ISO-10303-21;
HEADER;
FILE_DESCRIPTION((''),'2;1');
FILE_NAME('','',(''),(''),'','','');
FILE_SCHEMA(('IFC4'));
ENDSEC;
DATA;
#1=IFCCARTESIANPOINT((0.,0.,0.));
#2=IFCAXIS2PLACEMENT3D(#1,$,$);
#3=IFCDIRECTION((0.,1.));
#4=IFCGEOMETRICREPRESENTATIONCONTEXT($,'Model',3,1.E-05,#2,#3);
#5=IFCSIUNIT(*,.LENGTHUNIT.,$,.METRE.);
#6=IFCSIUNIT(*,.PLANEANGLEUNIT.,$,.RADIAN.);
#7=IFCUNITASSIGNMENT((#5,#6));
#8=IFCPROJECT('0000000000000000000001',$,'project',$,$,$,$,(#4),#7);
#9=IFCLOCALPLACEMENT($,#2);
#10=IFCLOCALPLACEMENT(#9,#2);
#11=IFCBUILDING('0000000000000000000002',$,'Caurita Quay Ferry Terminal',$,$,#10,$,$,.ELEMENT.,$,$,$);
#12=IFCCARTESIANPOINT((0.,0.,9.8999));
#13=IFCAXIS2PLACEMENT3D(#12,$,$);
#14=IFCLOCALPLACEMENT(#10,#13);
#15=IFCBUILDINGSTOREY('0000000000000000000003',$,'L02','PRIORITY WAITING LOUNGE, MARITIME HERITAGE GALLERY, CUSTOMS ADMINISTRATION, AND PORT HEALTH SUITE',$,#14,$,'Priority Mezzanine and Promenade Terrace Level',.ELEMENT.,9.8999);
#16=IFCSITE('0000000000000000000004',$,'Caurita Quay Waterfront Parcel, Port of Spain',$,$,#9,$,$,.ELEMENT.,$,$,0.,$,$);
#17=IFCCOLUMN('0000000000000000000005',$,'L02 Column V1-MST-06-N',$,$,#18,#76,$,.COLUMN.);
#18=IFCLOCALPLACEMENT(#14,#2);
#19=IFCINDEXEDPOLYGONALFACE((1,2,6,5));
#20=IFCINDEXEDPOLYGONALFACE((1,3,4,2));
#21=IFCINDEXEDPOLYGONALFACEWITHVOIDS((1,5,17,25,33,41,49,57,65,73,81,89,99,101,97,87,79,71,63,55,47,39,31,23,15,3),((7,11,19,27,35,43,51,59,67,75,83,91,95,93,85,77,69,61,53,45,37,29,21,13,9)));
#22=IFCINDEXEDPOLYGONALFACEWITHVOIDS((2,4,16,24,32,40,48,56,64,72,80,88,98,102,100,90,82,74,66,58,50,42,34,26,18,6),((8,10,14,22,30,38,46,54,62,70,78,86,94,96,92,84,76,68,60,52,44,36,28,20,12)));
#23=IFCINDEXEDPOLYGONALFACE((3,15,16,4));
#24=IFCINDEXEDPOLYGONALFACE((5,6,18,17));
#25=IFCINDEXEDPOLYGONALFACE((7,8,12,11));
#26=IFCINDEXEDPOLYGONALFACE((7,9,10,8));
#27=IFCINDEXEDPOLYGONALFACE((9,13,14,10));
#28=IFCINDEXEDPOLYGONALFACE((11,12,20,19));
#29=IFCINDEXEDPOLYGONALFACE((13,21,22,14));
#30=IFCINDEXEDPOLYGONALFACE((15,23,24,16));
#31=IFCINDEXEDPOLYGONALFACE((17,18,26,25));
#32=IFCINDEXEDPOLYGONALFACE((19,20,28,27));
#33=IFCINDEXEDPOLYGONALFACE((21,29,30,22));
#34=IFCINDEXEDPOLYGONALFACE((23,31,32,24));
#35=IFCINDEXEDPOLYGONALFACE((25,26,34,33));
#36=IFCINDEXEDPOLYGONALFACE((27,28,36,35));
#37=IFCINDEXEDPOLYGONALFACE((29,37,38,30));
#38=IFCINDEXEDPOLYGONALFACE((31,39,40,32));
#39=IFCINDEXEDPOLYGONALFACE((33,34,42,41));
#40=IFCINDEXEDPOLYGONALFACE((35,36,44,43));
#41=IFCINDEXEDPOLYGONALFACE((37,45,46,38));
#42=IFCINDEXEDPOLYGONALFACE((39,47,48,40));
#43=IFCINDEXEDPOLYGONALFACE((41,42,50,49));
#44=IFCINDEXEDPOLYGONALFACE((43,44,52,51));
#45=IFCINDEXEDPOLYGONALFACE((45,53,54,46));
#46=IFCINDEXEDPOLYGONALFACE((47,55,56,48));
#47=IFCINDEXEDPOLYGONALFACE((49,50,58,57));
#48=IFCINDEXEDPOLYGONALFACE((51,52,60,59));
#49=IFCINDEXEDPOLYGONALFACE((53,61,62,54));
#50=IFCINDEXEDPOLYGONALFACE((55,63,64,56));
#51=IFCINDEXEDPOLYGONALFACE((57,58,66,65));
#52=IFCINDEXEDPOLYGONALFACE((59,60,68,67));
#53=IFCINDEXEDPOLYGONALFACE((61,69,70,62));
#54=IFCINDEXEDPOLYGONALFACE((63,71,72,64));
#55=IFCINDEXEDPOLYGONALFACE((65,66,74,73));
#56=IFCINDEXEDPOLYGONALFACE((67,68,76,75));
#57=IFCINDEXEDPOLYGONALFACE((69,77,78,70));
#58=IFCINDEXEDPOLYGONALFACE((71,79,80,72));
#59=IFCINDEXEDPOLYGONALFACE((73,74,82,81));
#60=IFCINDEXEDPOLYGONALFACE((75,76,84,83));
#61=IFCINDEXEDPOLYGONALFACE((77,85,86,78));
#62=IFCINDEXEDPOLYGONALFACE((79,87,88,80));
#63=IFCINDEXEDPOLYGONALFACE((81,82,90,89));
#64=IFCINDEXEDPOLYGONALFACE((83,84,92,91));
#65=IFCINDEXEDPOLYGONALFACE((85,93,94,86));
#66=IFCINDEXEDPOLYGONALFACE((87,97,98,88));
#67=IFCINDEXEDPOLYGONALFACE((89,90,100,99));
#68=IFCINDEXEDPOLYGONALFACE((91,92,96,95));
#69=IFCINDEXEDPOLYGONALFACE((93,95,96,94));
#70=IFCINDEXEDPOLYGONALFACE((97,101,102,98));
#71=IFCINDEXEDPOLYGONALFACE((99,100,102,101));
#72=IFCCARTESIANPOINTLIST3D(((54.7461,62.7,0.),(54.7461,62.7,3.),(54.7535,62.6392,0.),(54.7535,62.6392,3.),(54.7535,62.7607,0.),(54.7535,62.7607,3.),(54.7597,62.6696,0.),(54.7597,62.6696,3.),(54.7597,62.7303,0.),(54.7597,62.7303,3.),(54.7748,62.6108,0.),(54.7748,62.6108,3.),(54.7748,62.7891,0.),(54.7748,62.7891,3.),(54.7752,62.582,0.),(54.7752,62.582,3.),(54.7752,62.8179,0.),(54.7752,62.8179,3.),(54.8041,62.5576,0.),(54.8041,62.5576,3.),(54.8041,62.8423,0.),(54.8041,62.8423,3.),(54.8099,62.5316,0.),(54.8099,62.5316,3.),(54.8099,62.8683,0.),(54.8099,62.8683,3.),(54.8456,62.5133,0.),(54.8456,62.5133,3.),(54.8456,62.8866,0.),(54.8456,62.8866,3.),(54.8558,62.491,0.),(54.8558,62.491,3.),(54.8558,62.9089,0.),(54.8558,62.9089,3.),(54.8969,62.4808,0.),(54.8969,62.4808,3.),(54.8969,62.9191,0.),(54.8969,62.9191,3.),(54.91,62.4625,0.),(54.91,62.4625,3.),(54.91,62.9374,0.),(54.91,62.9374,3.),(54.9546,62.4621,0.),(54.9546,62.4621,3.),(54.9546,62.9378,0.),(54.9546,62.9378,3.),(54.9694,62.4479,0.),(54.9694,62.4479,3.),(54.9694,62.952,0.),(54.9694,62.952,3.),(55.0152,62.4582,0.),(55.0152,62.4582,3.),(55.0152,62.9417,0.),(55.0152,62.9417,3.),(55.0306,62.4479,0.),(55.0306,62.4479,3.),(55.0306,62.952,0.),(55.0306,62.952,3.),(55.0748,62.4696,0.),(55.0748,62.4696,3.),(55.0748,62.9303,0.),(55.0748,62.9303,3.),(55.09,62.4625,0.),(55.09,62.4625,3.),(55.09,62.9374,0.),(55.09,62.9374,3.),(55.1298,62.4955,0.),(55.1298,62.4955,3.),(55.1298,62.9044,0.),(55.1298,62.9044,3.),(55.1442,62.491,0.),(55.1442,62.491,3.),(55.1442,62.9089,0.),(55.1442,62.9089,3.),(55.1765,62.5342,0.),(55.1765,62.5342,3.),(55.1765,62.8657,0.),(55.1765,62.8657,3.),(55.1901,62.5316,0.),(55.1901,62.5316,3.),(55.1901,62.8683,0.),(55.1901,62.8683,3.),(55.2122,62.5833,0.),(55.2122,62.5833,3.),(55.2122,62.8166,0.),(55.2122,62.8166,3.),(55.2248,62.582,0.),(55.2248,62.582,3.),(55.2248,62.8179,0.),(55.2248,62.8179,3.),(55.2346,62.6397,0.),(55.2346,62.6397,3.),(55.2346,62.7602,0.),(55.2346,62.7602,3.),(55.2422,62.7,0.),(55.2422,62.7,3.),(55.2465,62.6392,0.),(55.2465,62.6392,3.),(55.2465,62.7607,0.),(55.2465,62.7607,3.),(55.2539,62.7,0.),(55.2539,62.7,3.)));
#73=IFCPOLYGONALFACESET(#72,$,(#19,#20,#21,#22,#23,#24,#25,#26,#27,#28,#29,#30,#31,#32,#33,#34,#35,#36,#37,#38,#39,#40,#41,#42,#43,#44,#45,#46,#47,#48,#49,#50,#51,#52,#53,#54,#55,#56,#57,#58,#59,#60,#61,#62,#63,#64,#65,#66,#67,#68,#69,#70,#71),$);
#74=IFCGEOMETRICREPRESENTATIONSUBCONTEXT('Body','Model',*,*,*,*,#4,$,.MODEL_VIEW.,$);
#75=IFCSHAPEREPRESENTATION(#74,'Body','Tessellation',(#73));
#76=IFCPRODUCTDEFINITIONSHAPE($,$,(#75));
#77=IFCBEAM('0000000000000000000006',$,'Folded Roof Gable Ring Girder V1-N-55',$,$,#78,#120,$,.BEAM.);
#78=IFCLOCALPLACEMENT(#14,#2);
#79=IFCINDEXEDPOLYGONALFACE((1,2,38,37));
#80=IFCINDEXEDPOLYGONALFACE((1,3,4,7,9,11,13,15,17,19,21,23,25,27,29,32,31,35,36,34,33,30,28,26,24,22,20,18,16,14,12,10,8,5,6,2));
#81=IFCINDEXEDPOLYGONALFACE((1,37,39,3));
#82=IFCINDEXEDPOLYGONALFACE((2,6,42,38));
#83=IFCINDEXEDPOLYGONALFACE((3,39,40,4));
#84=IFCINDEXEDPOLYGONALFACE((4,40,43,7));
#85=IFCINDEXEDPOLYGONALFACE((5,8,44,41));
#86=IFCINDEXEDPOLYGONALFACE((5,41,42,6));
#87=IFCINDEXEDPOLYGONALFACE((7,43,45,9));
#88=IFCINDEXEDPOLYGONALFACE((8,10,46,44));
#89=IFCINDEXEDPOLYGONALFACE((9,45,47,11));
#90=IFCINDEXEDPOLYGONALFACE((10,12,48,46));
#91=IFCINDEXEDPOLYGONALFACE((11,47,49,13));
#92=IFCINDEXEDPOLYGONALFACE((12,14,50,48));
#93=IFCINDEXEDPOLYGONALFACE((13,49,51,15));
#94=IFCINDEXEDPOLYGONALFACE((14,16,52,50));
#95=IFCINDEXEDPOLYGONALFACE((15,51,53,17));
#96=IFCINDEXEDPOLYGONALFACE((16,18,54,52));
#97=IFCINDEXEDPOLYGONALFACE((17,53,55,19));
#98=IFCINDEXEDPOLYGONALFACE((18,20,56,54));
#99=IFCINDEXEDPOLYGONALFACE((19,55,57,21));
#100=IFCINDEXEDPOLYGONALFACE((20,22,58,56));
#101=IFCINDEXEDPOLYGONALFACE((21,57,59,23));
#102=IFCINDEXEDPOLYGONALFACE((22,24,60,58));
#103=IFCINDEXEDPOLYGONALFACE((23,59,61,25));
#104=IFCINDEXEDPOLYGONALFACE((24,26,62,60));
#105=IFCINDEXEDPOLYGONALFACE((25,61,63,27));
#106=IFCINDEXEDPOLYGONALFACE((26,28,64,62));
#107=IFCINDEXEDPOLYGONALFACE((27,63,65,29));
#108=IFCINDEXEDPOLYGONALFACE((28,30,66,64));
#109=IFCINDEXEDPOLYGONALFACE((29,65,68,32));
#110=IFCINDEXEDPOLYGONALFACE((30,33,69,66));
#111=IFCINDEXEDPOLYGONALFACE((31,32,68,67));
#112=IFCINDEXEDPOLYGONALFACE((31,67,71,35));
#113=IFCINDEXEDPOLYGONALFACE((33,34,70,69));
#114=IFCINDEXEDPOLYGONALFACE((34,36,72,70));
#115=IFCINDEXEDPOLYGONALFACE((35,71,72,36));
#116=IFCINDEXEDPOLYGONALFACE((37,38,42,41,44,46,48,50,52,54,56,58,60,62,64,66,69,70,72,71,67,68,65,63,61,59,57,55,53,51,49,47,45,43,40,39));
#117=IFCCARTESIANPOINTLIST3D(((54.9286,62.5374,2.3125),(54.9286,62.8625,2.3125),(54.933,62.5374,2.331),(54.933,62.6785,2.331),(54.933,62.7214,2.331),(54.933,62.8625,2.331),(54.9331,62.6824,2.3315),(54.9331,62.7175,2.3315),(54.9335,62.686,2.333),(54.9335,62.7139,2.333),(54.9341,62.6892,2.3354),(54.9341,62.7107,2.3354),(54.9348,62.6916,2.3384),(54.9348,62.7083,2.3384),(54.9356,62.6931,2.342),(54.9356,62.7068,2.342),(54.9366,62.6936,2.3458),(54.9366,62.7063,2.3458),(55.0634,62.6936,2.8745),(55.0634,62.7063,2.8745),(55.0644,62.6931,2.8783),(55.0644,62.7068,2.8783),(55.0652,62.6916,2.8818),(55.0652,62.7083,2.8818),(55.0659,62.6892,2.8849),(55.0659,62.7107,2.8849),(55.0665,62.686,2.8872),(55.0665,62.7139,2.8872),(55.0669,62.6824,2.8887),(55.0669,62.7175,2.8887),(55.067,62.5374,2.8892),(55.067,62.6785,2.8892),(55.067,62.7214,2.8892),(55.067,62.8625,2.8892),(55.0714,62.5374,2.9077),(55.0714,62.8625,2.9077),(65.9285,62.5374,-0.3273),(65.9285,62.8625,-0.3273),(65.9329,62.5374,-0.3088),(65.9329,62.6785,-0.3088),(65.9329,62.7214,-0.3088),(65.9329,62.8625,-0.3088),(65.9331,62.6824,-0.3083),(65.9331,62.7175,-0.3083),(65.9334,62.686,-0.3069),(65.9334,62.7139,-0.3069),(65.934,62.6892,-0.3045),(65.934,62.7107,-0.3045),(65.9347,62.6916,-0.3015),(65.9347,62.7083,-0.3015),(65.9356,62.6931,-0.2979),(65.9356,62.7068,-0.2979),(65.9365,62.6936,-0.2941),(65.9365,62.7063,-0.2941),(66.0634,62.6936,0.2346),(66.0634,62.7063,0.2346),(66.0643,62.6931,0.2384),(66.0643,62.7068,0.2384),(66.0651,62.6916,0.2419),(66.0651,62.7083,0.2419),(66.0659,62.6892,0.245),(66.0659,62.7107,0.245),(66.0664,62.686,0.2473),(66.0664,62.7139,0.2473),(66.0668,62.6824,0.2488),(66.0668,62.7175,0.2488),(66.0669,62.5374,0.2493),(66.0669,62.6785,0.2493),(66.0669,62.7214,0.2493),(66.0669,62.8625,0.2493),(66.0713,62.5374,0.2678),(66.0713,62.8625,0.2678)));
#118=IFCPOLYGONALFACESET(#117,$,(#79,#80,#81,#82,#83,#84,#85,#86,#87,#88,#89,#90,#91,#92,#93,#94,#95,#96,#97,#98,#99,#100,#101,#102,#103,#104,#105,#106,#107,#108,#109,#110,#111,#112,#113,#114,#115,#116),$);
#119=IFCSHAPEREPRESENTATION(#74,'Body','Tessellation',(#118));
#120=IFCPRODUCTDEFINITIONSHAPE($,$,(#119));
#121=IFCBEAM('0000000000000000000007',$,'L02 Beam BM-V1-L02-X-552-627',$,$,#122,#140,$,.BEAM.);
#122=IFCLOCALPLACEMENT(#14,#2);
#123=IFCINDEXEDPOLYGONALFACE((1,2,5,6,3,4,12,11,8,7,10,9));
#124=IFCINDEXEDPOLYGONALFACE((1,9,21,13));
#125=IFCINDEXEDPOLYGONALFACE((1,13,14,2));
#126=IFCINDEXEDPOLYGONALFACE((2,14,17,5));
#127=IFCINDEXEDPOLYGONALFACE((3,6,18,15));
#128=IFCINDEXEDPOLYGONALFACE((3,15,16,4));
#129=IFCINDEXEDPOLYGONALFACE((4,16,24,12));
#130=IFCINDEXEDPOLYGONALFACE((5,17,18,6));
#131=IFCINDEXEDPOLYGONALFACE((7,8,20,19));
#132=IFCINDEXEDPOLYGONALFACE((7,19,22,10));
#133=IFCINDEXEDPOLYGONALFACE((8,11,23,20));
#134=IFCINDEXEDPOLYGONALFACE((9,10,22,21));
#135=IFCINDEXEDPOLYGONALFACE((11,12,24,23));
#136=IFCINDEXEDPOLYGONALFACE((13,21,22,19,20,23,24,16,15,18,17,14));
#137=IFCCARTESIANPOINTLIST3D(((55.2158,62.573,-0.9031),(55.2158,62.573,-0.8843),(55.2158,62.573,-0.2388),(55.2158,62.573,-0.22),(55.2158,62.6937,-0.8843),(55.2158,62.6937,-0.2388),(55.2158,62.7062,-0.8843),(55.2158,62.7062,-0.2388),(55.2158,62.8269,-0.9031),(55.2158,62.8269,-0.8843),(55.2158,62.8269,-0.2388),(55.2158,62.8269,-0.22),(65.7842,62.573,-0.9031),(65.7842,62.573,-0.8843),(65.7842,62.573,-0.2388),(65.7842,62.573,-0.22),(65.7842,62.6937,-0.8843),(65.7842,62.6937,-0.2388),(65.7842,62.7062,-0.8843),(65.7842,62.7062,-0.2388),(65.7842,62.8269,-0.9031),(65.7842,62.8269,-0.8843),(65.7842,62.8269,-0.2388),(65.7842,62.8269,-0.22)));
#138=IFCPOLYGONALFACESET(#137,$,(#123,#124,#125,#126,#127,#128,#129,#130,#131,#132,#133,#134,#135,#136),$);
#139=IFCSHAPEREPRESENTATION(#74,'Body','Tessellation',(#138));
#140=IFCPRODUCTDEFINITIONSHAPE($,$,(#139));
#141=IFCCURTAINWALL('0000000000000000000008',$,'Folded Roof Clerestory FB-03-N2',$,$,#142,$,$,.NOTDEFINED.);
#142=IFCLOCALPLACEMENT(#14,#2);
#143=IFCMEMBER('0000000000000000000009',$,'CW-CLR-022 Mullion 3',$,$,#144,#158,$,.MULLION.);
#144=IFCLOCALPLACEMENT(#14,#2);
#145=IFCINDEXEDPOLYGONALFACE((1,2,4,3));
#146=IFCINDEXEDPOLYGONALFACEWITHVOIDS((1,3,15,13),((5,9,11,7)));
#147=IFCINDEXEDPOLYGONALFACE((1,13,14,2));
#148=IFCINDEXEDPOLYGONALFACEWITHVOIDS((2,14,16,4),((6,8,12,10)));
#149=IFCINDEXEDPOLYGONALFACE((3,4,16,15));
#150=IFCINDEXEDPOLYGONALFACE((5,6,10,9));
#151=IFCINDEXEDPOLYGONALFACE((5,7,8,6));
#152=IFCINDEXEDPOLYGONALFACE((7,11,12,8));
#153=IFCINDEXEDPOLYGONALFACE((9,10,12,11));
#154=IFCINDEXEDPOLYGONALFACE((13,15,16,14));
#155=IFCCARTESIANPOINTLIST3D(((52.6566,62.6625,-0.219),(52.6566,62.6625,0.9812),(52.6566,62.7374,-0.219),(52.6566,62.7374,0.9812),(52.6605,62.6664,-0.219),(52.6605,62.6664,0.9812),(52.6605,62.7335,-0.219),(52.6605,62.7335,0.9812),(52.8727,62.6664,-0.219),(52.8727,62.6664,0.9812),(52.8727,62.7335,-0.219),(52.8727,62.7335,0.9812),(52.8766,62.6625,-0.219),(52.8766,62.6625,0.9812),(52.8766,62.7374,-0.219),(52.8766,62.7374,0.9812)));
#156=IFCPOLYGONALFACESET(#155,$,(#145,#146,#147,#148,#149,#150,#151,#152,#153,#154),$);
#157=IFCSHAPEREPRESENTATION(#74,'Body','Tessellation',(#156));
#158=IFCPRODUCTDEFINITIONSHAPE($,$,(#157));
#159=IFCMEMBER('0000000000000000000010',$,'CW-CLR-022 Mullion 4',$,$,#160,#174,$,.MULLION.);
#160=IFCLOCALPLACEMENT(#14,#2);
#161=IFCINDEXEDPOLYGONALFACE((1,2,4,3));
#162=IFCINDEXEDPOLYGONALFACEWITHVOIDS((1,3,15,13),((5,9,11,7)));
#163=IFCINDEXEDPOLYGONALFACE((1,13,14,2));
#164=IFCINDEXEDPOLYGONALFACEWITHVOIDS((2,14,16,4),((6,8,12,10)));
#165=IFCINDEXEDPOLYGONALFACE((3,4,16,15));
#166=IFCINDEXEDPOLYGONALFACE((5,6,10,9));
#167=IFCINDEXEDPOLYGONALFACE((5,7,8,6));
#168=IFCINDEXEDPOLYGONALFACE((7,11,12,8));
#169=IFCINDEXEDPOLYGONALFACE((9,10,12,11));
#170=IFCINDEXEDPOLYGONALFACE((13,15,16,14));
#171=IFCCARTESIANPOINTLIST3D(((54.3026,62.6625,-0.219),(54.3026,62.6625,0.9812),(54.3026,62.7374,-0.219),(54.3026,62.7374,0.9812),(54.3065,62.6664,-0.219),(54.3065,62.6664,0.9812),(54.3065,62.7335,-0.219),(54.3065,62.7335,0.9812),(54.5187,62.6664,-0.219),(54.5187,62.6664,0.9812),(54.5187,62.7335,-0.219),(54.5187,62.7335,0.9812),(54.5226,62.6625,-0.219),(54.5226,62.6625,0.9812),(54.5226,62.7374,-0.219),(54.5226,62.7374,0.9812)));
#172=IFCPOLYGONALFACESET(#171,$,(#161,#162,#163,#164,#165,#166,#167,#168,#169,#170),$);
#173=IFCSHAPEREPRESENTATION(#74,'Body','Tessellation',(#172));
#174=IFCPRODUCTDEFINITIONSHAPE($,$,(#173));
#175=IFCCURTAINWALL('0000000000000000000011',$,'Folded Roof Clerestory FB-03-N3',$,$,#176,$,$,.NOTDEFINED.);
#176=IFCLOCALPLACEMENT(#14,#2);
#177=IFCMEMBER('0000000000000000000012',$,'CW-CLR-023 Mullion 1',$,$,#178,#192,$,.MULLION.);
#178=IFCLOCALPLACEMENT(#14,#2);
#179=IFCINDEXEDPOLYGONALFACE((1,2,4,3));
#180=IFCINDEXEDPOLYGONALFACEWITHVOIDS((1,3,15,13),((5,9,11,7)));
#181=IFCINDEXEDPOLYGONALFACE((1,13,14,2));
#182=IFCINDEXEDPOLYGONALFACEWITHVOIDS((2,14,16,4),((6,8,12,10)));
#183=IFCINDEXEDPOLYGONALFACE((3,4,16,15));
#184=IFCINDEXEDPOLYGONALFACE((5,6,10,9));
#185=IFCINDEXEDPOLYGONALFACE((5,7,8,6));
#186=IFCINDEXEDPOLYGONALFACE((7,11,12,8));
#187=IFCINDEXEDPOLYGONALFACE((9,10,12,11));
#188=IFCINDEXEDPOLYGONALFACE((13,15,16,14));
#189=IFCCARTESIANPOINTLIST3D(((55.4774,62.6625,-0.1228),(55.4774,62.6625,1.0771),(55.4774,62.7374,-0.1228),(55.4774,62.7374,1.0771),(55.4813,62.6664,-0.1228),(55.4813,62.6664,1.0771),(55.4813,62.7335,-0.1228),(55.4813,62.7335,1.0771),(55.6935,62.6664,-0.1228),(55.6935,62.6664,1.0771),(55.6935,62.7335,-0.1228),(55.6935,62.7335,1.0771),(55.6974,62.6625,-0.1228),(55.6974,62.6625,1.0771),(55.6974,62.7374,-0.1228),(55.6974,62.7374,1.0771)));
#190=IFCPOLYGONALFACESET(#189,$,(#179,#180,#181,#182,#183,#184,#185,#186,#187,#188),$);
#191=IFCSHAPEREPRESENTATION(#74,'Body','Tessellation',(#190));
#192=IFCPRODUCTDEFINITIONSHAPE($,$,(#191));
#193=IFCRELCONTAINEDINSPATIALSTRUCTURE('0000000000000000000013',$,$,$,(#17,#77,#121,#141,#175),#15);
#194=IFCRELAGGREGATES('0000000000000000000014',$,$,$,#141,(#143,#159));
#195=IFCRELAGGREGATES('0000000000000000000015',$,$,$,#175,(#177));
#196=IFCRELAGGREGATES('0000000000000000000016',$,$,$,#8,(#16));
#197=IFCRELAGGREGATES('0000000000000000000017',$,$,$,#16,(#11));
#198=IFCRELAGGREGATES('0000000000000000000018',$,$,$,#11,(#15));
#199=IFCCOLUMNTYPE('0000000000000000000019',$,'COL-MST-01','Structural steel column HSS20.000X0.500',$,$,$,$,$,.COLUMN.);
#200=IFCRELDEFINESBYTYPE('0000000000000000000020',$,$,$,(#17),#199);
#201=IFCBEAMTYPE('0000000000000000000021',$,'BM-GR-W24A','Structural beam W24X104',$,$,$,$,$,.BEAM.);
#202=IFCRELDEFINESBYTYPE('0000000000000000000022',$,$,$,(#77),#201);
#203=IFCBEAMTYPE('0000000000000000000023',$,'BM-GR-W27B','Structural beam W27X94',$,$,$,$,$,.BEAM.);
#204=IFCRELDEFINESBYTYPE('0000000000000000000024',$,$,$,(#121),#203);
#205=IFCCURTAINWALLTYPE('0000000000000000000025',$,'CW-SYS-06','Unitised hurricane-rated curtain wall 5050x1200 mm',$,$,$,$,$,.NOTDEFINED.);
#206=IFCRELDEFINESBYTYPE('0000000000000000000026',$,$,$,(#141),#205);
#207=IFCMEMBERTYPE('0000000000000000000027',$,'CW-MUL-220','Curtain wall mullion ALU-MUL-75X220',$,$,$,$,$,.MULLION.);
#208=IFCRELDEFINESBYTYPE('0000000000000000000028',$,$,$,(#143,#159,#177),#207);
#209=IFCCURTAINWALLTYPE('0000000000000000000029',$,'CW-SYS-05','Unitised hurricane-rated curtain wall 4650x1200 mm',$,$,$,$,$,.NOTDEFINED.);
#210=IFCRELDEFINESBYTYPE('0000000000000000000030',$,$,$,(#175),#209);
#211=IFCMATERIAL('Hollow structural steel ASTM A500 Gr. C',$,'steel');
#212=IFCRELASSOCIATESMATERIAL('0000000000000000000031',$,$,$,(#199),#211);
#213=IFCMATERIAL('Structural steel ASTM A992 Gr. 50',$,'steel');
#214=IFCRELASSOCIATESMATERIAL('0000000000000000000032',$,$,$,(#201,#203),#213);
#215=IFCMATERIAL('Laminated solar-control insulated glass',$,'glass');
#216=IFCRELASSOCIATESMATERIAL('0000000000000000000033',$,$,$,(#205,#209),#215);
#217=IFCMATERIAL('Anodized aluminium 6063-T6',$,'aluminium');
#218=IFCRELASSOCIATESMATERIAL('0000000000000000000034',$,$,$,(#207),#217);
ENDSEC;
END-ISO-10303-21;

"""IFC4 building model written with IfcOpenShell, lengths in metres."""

from ifc_helpers import new_model, si_unit, direction, frame, origin, origin_2d, place, context, subcontext, project, spatial, hollow_rectangle, hollow_circle, i_section, extrude, material, material_profile, profile_set, type_object, element, aggregate, save


model = new_model("IFC4")

# Units and contexts
model_context = context("Model", 3, precision=1e-05, world=origin(), true_north=direction((0.0, 1.0)))
body_context = subcontext(model_context, "Body", "Model", "MODEL_VIEW")
ifc_project = project(units=[si_unit("LENGTHUNIT", "METRE"), si_unit("PLANEANGLEUNIT", "RADIAN")], contexts=[model_context])

# Site, building, storey
site_placement = place(None, origin())
site = spatial("IfcSite", under=ifc_project, at=site_placement, Name="Caurita Quay Waterfront Parcel, Port of Spain", CompositionType="ELEMENT", RefElevation=0.0)
building_placement = place(site_placement, origin())
building = spatial("IfcBuilding", under=site, at=building_placement, Name="Caurita Quay Ferry Terminal", CompositionType="ELEMENT")
storey_placement = place(building_placement, frame((0.0, 0.0, 9.8999)))
storey = spatial("IfcBuildingStorey", under=building, at=storey_placement, Name="L02", Description="PRIORITY WAITING LOUNGE, MARITIME HERITAGE GALLERY, CUSTOMS ADMINISTRATION, AND PORT HEALTH SUITE", LongName="Priority Mezzanine and Promenade Terrace Level", CompositionType="ELEMENT", Elevation=9.8999)

# Column
ifc_material_1 = material(Name="Hollow structural steel ASTM A500 Gr. C", Category="steel")
ifc_material_profile_1 = material_profile(ifc_material_1, hollow_circle(Radius=0.2539, WallThickness=0.0117, at=origin_2d()), Name="HSS20.000X0.500")
ifc_profile_set_1 = profile_set([ifc_material_profile_1], Name="Hollow structural steel ASTM A500 Gr. C")
column_type = type_object("IfcColumnType", Name="COL-MST-01", Description="Structural steel column HSS20.000X0.500", PredefinedType="COLUMN", material=ifc_profile_set_1)
column_placement = place(storey_placement, frame((55.0, 62.7, 0.0), z_axis=(0.0, 0.0, 1.0), x_axis=(1.0, 0.0, 0.0)))
element("IfcColumn", 1, at=column_placement, inside=storey, type_object=column_type, Name="L02 Column V1-MST-06-N", PredefinedType="COLUMN", context=body_context, shape_type="SweptSolid", body=[
    extrude(hollow_circle(Radius=0.2539, WallThickness=0.0117, at=origin_2d()), origin(), (0.0, 0.0, 1.0), 3.0),
])

# Beams
ifc_material_2 = material(Name="Structural steel ASTM A992 Gr. 50", Category="steel")
ifc_material_profile_2 = material_profile(ifc_material_2, i_section(OverallWidth=0.3252, OverallDepth=0.6121, WebThickness=0.0127, FlangeThickness=0.019, FilletRadius=0.0151, at=origin_2d()), Name="W24X104")
ifc_profile_set_2 = profile_set([ifc_material_profile_2], Name="Structural steel ASTM A992 Gr. 50")
beam_type_1 = type_object("IfcBeamType", Name="BM-GR-W24A", Description="Structural beam W24X104", PredefinedType="BEAM", material=ifc_profile_set_2)
beam_1_placement = place(storey_placement, frame((55.0, 62.7, 2.6101), z_axis=(0.972389, 0.0, -0.233364), x_axis=(0.0, 1.0, 0.0)))
element("IfcBeam", 2, at=beam_1_placement, inside=storey, type_object=beam_type_1, Name="Folded Roof Gable Ring Girder V1-N-55", PredefinedType="BEAM", context=body_context, shape_type="SweptSolid", body=[
    extrude(i_section(OverallWidth=0.3252, OverallDepth=0.6121, WebThickness=0.0127, FlangeThickness=0.019, FilletRadius=0.0151, at=origin_2d()), origin(), (0.0, 0.0, 1.0), 11.3123),
])
ifc_material_profile_3 = material_profile(ifc_material_2, i_section(OverallWidth=0.2539, OverallDepth=0.6831, WebThickness=0.0125, FlangeThickness=0.0188, at=origin_2d()), Name="W27X94")
ifc_profile_set_3 = profile_set([ifc_material_profile_3], Name="Structural steel ASTM A992 Gr. 50")
beam_type_2 = type_object("IfcBeamType", Name="BM-GR-W27B", Description="Structural beam W27X94", PredefinedType="BEAM", material=ifc_profile_set_3)
beam_2_placement = place(storey_placement, frame((55.2158, 62.7, -0.5615), z_axis=(1.0, 0.0, 0.0), x_axis=(0.0, 1.0, 0.0)))
element("IfcBeam", 3, at=beam_2_placement, inside=storey, type_object=beam_type_2, Name="L02 Beam BM-V1-L02-X-552-627", PredefinedType="BEAM", context=body_context, shape_type="SweptSolid", body=[
    extrude(i_section(OverallWidth=0.2539, OverallDepth=0.6831, WebThickness=0.0125, FlangeThickness=0.0188, at=origin_2d()), origin(), (0.0, 0.0, 1.0), 10.5684),
])

# Curtain walls, members
ifc_material_3 = material(Name="Laminated solar-control insulated glass", Category="glass")
curtain_wall_type_1 = type_object("IfcCurtainWallType", Name="CW-SYS-06", Description="Unitised hurricane-rated curtain wall 5050x1200 mm", PredefinedType="NOTDEFINED", material=ifc_material_3)
curtain_wall_1_placement = place(storey_placement, origin())
curtain_wall_1 = element("IfcCurtainWall", 4, at=curtain_wall_1_placement, inside=storey, type_object=curtain_wall_type_1, Name="Folded Roof Clerestory FB-03-N2", PredefinedType="NOTDEFINED")
ifc_material_4 = material(Name="Anodized aluminium 6063-T6", Category="aluminium")
ifc_material_profile_4 = material_profile(ifc_material_4, hollow_rectangle(XDim=0.075, YDim=0.22, WallThickness=0.0039, at=origin_2d()), Name="ALU-MUL-75X220")
ifc_profile_set_4 = profile_set([ifc_material_profile_4], Name="Anodized aluminium 6063-T6")
member_type_1 = type_object("IfcMemberType", Name="CW-MUL-220", Description="Curtain wall mullion ALU-MUL-75X220", PredefinedType="MULLION", material=ifc_profile_set_4)
member_1_placement = place(storey_placement, frame((52.7666, 62.7, -0.219), z_axis=(0.0, 0.0, 1.0), x_axis=(0.0, 1.0, 0.0)))
member_1 = element("IfcMember", 5, at=member_1_placement, type_object=member_type_1, Name="CW-CLR-022 Mullion 3", PredefinedType="MULLION", context=body_context, shape_type="SweptSolid", body=[
    extrude(hollow_rectangle(XDim=0.075, YDim=0.22, WallThickness=0.0039, at=origin_2d()), origin(), (0.0, 0.0, 1.0), 1.2002),
])
member_2_placement = place(storey_placement, frame((54.4126, 62.7, -0.219), z_axis=(0.0, 0.0, 1.0), x_axis=(0.0, 1.0, 0.0)))
member_2 = element("IfcMember", 6, at=member_2_placement, type_object=member_type_1, Name="CW-CLR-022 Mullion 4", PredefinedType="MULLION", context=body_context, shape_type="SweptSolid", body=[
    extrude(hollow_rectangle(XDim=0.075, YDim=0.22, WallThickness=0.0039, at=origin_2d()), origin(), (0.0, 0.0, 1.0), 1.2002),
])
curtain_wall_type_2 = type_object("IfcCurtainWallType", Name="CW-SYS-05", Description="Unitised hurricane-rated curtain wall 4650x1200 mm", PredefinedType="NOTDEFINED", material=ifc_material_3)
curtain_wall_2_placement = place(storey_placement, origin())
curtain_wall_2 = element("IfcCurtainWall", 7, at=curtain_wall_2_placement, inside=storey, type_object=curtain_wall_type_2, Name="Folded Roof Clerestory FB-03-N3", PredefinedType="NOTDEFINED")
member_3_placement = place(storey_placement, frame((55.5874, 62.7, -0.1228), z_axis=(0.0, 0.0, 1.0), x_axis=(0.0, 1.0, 0.0)))
member_3 = element("IfcMember", 8, at=member_3_placement, type_object=member_type_1, Name="CW-CLR-023 Mullion 1", PredefinedType="MULLION", context=body_context, shape_type="SweptSolid", body=[
    extrude(hollow_rectangle(XDim=0.075, YDim=0.22, WallThickness=0.0039, at=origin_2d()), origin(), (0.0, 0.0, 1.0), 1.2),
])

aggregate(curtain_wall_1, [member_1, member_2])
aggregate(curtain_wall_2, [member_3])

save(model, "model.ifc")
